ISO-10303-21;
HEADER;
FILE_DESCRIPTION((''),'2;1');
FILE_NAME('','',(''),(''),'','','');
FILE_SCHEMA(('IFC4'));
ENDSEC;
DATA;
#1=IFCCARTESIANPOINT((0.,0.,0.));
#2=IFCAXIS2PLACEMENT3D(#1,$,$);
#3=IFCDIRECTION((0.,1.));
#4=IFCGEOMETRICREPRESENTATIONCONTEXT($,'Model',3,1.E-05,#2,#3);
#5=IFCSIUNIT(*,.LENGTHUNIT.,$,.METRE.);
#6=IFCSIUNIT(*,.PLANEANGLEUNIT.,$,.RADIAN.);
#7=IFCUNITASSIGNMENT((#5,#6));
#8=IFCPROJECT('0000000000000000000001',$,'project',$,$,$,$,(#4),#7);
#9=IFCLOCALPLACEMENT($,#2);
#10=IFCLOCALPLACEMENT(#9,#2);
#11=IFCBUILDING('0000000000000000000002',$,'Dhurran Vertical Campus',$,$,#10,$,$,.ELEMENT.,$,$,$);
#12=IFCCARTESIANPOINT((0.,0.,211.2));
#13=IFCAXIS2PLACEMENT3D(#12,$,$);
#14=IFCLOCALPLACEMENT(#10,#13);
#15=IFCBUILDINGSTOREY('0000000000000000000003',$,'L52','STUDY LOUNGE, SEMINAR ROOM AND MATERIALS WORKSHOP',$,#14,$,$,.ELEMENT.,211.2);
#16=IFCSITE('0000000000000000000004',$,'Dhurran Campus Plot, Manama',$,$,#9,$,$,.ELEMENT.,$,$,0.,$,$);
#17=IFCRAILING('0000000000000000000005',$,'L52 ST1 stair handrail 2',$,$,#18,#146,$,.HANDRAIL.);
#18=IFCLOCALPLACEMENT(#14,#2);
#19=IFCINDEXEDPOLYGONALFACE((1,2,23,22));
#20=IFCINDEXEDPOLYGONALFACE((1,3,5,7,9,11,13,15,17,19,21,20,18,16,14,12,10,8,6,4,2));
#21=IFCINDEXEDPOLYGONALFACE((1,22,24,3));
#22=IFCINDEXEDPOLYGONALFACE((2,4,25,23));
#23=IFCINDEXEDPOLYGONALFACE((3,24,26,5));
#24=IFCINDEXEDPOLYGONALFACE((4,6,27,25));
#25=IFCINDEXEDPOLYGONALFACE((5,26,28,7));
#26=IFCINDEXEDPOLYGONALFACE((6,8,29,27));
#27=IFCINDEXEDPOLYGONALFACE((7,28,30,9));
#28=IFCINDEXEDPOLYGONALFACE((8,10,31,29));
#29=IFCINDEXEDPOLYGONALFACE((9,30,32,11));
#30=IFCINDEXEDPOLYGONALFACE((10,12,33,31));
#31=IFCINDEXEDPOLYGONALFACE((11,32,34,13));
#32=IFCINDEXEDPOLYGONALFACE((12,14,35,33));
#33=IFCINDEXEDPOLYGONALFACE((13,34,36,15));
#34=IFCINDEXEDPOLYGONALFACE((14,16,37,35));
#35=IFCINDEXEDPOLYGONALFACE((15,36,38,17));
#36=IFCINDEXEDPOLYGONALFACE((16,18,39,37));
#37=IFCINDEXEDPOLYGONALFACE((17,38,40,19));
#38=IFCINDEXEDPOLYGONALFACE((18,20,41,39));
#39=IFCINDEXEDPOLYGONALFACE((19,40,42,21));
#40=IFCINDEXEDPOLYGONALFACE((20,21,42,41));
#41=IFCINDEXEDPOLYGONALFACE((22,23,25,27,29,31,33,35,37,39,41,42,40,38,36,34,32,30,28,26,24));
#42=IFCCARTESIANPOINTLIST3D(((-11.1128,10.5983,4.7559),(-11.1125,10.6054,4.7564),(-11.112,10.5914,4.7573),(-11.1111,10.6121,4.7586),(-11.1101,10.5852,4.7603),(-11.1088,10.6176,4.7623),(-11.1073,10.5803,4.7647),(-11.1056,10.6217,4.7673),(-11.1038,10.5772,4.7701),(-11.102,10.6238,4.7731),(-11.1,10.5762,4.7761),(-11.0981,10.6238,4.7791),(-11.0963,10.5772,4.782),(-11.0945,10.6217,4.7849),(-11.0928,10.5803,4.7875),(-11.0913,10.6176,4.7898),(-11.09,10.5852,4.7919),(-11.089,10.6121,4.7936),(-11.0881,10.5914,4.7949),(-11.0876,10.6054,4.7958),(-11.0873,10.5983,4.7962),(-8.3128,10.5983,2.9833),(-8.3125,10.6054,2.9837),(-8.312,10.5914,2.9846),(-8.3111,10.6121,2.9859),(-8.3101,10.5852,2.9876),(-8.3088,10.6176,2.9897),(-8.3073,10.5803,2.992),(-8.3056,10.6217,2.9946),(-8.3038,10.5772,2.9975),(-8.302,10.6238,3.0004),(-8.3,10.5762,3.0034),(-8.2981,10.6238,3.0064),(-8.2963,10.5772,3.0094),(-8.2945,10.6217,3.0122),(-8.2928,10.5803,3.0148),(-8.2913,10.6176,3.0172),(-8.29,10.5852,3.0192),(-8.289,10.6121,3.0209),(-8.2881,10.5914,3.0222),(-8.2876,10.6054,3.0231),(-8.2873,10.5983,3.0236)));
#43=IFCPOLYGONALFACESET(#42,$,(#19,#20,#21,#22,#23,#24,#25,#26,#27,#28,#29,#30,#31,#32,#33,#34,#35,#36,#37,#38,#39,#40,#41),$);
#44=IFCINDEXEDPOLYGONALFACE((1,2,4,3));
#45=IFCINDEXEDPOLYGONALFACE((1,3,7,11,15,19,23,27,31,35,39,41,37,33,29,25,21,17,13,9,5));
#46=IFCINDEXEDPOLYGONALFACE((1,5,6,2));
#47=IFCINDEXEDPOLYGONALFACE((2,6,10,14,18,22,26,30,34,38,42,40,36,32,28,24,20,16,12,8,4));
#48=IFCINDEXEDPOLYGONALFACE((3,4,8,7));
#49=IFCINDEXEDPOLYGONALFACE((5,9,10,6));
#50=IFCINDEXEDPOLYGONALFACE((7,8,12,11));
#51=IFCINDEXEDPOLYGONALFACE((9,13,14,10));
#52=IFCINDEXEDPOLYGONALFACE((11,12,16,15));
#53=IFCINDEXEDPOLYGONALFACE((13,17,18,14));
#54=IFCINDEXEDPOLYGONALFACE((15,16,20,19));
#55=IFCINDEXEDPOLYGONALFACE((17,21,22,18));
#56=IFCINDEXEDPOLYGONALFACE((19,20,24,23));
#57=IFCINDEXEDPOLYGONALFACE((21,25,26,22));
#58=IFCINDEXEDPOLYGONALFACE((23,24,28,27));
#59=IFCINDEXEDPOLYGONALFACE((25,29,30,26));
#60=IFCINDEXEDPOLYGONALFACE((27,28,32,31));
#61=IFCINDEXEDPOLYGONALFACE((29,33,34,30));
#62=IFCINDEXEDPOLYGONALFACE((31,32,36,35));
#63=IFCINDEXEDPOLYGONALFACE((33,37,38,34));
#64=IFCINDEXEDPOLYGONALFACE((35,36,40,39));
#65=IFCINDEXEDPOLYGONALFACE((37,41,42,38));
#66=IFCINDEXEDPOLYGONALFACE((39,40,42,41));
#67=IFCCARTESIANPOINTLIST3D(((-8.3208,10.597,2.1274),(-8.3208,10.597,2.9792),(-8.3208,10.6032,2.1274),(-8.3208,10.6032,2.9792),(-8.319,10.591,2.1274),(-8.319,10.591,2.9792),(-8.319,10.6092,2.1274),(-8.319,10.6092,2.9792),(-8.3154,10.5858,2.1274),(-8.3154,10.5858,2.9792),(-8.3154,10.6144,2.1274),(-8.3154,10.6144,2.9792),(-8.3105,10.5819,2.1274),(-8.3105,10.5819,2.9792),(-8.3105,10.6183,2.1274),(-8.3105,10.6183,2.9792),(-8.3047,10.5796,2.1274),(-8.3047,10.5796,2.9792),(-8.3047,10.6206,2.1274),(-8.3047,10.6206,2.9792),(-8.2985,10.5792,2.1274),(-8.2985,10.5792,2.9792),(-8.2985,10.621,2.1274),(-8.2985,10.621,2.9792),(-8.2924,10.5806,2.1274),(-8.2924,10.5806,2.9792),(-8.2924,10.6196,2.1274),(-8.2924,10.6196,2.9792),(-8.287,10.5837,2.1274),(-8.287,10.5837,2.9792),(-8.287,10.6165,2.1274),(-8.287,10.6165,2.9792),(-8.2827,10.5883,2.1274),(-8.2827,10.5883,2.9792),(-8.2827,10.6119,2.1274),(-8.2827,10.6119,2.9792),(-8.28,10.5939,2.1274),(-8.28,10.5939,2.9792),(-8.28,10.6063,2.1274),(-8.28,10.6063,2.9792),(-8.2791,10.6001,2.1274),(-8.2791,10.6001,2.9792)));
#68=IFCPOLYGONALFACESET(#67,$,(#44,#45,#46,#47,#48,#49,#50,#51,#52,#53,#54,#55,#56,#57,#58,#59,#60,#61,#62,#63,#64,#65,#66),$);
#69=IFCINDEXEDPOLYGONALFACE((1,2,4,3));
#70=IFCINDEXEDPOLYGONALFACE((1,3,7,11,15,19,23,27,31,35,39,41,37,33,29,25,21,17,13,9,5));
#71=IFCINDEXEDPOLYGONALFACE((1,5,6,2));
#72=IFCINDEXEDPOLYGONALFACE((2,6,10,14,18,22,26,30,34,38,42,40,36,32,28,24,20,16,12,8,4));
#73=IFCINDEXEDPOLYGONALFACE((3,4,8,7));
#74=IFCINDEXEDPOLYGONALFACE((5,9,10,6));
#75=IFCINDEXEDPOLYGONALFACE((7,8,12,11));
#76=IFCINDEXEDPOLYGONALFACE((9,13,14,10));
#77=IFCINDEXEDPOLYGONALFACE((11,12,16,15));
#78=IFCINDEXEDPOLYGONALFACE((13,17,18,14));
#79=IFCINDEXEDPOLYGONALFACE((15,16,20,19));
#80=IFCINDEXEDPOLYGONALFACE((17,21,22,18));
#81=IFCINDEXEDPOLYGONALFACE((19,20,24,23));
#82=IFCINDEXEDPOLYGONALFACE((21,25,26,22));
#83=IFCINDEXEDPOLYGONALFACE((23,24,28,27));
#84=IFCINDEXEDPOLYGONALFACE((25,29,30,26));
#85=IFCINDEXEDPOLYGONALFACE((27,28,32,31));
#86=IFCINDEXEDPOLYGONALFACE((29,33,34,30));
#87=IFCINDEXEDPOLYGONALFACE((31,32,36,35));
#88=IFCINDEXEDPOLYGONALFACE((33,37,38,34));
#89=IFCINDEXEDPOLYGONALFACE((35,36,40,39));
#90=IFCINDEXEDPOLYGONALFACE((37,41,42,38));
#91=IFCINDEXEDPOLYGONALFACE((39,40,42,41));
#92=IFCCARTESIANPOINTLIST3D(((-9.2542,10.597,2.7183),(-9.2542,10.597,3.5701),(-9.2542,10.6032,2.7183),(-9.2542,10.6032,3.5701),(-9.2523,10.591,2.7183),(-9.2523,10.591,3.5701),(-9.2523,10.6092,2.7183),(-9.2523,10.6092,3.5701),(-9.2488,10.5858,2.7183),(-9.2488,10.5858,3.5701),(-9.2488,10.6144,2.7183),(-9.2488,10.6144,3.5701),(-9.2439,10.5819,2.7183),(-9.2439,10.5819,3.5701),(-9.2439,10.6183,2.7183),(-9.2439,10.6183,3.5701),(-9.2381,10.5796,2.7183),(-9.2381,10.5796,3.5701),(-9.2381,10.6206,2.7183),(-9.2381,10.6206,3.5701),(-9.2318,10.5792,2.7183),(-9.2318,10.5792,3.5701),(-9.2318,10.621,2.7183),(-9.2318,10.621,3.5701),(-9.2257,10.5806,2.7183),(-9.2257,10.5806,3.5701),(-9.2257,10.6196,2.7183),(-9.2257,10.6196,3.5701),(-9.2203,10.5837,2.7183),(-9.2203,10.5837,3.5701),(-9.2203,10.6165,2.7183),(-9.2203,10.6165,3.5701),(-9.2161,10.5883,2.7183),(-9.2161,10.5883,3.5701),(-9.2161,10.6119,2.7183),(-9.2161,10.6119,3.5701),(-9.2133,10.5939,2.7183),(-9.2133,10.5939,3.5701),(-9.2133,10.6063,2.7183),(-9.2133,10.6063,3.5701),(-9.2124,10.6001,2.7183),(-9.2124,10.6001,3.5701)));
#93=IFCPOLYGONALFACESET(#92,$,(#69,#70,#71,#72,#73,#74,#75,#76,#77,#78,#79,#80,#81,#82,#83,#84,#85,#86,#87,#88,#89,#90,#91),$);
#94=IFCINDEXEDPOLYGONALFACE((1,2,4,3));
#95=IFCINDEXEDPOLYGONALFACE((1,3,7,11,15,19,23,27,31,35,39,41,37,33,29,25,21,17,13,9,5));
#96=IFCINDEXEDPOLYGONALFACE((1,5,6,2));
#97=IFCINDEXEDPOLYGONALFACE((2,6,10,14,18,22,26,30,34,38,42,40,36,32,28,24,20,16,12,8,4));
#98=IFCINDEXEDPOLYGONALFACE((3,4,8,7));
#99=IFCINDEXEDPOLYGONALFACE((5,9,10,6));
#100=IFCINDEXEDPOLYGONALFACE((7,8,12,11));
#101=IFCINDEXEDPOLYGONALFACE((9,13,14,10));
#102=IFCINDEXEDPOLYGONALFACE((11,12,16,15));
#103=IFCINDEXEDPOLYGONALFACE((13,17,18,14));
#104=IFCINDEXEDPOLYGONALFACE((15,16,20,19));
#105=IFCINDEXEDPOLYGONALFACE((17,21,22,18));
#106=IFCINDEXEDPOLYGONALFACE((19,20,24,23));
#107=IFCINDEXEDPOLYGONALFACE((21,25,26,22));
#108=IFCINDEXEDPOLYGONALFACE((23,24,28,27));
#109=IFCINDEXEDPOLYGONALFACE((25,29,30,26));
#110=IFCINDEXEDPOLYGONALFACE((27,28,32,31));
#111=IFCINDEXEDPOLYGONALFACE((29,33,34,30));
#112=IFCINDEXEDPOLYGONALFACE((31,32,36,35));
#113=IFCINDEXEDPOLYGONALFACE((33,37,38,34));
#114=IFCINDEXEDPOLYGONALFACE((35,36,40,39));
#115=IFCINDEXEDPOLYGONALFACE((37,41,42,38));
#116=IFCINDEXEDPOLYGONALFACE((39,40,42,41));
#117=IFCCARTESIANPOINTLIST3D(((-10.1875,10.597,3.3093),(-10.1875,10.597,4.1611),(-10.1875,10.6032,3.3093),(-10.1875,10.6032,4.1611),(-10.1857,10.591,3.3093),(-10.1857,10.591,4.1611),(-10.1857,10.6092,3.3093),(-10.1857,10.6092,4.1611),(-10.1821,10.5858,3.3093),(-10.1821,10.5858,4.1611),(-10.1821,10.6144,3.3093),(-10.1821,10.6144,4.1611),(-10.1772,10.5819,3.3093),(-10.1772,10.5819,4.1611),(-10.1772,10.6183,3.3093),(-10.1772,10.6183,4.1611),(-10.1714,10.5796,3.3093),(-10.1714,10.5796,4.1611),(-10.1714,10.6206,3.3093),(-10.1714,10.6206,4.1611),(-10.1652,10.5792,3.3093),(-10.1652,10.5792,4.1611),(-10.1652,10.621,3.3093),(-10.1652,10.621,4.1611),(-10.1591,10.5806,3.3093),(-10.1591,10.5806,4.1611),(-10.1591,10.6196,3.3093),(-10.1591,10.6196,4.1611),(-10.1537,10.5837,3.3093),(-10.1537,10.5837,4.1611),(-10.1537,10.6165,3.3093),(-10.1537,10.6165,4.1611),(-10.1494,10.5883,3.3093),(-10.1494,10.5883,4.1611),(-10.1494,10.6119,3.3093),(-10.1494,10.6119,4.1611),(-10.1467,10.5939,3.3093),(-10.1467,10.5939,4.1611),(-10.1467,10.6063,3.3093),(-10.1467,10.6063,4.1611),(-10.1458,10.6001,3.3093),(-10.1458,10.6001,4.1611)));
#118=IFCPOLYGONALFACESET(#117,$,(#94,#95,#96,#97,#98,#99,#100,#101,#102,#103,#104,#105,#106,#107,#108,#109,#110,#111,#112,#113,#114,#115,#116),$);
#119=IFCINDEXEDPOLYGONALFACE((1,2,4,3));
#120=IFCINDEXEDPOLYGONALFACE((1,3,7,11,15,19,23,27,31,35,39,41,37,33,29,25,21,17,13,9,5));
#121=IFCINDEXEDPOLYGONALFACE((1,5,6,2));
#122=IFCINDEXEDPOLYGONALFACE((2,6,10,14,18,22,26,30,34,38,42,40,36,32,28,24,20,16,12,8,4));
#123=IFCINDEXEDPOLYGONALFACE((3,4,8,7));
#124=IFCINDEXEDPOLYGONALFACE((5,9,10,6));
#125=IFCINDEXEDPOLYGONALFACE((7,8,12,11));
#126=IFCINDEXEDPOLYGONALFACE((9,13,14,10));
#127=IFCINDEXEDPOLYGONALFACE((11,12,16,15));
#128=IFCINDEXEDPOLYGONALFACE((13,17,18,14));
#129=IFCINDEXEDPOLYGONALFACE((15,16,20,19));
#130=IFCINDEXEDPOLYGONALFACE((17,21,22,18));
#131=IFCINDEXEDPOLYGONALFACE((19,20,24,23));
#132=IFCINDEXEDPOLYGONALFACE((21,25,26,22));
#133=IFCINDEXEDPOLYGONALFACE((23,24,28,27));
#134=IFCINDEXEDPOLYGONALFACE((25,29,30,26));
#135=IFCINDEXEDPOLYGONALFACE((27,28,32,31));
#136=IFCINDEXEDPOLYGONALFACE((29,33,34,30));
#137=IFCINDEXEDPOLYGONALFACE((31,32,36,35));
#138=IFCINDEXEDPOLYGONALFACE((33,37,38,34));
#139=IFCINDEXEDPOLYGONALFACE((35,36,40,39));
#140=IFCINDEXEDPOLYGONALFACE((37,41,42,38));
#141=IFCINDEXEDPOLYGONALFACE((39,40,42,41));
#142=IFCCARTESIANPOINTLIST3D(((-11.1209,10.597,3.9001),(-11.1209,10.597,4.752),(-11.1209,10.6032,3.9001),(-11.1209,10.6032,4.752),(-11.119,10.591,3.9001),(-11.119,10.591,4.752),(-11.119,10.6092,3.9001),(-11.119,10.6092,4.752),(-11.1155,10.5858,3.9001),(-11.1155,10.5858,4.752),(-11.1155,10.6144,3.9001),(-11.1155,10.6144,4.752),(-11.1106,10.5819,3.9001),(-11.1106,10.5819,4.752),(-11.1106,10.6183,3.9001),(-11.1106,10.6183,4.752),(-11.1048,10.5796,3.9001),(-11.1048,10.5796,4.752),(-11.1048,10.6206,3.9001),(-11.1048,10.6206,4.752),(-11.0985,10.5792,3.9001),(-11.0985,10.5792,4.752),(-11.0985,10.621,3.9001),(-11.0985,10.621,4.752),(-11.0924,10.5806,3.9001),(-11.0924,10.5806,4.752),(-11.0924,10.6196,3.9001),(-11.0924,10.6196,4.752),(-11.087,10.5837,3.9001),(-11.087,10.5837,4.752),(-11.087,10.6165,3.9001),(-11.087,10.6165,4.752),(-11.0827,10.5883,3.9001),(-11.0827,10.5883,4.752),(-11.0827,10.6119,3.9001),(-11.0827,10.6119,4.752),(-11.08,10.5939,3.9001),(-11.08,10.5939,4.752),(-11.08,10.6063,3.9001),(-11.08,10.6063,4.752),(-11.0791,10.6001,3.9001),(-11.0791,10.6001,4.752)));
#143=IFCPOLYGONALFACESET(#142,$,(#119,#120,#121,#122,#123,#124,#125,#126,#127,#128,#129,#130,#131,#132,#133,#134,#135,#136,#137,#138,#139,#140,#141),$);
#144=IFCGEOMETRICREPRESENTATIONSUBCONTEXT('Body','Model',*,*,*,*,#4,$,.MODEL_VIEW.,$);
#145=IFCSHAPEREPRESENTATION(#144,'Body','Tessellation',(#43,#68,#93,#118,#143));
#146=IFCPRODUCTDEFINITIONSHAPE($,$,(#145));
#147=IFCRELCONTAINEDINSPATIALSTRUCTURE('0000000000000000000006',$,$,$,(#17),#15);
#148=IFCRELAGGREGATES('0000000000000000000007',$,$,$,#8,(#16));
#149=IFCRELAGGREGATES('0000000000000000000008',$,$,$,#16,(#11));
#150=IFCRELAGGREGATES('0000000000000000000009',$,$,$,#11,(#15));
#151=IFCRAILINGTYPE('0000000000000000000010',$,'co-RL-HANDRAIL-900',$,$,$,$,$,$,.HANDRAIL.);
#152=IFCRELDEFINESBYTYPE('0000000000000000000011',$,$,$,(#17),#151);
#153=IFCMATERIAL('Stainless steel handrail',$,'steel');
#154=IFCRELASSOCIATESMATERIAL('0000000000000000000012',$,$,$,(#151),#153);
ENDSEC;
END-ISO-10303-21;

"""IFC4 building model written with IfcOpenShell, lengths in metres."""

from ifc_helpers import new_model, si_unit, direction, frame, origin, origin_2d, place, context, subcontext, project, spatial, circle, extrude, material, type_object, element, save


model = new_model("IFC4")

# Units and contexts
model_context = context("Model", 3, precision=1e-05, world=origin(), true_north=direction((0.0, 1.0)))
body_context = subcontext(model_context, "Body", "Model", "MODEL_VIEW")
ifc_project = project(units=[si_unit("LENGTHUNIT", "METRE"), si_unit("PLANEANGLEUNIT", "RADIAN")], contexts=[model_context])

# Site, building, storey
site_placement = place(None, origin())
site = spatial("IfcSite", under=ifc_project, at=site_placement, Name="Dhurran Campus Plot, Manama", CompositionType="ELEMENT", RefElevation=0.0)
building_placement = place(site_placement, origin())
building = spatial("IfcBuilding", under=site, at=building_placement, Name="Dhurran Vertical Campus", CompositionType="ELEMENT")
storey_placement = place(building_placement, frame((0.0, 0.0, 211.2)))
storey = spatial("IfcBuildingStorey", under=building, at=storey_placement, Name="L52", Description="STUDY LOUNGE, SEMINAR ROOM AND MATERIALS WORKSHOP", CompositionType="ELEMENT", Elevation=211.2)

# Railing
ifc_material_1 = material(Name="Stainless steel handrail", Category="steel")
railing_type_1 = type_object("IfcRailingType", Name="co-RL-HANDRAIL-900", PredefinedType="HANDRAIL", material=ifc_material_1)
railing_1_placement = place(storey_placement, frame((-8.3, 10.6001, 2.1274)))
element("IfcRailing", 1, at=railing_1_placement, inside=storey, type_object=railing_type_1, Name="L52 ST1 stair handrail 2", PredefinedType="HANDRAIL", context=body_context, shape_type="SweptSolid", body=[
    extrude(circle(Radius=0.0239, at=origin_2d()), frame((0.0, 0.0, 0.876), z_axis=(-0.844909, 0.0, 0.53491), x_axis=(0.0, -1.0, 0.0)), (0.0, 0.0, 1.0), 3.314),
    extrude(circle(Radius=0.021, at=origin_2d()), origin(), (0.0, 0.0, 1.0), 0.8518),
    extrude(circle(Radius=0.021, at=origin_2d()), frame((-0.9333, 0.0, 0.5908)), (0.0, 0.0, 1.0), 0.8518),
    extrude(circle(Radius=0.021, at=origin_2d()), frame((-1.8667, 0.0, 1.1819)), (0.0, 0.0, 1.0), 0.8518),
    extrude(circle(Radius=0.021, at=origin_2d()), frame((-2.8, 0.0, 1.7727)), (0.0, 0.0, 1.0), 0.8518),
])

save(model, "model.ifc")
